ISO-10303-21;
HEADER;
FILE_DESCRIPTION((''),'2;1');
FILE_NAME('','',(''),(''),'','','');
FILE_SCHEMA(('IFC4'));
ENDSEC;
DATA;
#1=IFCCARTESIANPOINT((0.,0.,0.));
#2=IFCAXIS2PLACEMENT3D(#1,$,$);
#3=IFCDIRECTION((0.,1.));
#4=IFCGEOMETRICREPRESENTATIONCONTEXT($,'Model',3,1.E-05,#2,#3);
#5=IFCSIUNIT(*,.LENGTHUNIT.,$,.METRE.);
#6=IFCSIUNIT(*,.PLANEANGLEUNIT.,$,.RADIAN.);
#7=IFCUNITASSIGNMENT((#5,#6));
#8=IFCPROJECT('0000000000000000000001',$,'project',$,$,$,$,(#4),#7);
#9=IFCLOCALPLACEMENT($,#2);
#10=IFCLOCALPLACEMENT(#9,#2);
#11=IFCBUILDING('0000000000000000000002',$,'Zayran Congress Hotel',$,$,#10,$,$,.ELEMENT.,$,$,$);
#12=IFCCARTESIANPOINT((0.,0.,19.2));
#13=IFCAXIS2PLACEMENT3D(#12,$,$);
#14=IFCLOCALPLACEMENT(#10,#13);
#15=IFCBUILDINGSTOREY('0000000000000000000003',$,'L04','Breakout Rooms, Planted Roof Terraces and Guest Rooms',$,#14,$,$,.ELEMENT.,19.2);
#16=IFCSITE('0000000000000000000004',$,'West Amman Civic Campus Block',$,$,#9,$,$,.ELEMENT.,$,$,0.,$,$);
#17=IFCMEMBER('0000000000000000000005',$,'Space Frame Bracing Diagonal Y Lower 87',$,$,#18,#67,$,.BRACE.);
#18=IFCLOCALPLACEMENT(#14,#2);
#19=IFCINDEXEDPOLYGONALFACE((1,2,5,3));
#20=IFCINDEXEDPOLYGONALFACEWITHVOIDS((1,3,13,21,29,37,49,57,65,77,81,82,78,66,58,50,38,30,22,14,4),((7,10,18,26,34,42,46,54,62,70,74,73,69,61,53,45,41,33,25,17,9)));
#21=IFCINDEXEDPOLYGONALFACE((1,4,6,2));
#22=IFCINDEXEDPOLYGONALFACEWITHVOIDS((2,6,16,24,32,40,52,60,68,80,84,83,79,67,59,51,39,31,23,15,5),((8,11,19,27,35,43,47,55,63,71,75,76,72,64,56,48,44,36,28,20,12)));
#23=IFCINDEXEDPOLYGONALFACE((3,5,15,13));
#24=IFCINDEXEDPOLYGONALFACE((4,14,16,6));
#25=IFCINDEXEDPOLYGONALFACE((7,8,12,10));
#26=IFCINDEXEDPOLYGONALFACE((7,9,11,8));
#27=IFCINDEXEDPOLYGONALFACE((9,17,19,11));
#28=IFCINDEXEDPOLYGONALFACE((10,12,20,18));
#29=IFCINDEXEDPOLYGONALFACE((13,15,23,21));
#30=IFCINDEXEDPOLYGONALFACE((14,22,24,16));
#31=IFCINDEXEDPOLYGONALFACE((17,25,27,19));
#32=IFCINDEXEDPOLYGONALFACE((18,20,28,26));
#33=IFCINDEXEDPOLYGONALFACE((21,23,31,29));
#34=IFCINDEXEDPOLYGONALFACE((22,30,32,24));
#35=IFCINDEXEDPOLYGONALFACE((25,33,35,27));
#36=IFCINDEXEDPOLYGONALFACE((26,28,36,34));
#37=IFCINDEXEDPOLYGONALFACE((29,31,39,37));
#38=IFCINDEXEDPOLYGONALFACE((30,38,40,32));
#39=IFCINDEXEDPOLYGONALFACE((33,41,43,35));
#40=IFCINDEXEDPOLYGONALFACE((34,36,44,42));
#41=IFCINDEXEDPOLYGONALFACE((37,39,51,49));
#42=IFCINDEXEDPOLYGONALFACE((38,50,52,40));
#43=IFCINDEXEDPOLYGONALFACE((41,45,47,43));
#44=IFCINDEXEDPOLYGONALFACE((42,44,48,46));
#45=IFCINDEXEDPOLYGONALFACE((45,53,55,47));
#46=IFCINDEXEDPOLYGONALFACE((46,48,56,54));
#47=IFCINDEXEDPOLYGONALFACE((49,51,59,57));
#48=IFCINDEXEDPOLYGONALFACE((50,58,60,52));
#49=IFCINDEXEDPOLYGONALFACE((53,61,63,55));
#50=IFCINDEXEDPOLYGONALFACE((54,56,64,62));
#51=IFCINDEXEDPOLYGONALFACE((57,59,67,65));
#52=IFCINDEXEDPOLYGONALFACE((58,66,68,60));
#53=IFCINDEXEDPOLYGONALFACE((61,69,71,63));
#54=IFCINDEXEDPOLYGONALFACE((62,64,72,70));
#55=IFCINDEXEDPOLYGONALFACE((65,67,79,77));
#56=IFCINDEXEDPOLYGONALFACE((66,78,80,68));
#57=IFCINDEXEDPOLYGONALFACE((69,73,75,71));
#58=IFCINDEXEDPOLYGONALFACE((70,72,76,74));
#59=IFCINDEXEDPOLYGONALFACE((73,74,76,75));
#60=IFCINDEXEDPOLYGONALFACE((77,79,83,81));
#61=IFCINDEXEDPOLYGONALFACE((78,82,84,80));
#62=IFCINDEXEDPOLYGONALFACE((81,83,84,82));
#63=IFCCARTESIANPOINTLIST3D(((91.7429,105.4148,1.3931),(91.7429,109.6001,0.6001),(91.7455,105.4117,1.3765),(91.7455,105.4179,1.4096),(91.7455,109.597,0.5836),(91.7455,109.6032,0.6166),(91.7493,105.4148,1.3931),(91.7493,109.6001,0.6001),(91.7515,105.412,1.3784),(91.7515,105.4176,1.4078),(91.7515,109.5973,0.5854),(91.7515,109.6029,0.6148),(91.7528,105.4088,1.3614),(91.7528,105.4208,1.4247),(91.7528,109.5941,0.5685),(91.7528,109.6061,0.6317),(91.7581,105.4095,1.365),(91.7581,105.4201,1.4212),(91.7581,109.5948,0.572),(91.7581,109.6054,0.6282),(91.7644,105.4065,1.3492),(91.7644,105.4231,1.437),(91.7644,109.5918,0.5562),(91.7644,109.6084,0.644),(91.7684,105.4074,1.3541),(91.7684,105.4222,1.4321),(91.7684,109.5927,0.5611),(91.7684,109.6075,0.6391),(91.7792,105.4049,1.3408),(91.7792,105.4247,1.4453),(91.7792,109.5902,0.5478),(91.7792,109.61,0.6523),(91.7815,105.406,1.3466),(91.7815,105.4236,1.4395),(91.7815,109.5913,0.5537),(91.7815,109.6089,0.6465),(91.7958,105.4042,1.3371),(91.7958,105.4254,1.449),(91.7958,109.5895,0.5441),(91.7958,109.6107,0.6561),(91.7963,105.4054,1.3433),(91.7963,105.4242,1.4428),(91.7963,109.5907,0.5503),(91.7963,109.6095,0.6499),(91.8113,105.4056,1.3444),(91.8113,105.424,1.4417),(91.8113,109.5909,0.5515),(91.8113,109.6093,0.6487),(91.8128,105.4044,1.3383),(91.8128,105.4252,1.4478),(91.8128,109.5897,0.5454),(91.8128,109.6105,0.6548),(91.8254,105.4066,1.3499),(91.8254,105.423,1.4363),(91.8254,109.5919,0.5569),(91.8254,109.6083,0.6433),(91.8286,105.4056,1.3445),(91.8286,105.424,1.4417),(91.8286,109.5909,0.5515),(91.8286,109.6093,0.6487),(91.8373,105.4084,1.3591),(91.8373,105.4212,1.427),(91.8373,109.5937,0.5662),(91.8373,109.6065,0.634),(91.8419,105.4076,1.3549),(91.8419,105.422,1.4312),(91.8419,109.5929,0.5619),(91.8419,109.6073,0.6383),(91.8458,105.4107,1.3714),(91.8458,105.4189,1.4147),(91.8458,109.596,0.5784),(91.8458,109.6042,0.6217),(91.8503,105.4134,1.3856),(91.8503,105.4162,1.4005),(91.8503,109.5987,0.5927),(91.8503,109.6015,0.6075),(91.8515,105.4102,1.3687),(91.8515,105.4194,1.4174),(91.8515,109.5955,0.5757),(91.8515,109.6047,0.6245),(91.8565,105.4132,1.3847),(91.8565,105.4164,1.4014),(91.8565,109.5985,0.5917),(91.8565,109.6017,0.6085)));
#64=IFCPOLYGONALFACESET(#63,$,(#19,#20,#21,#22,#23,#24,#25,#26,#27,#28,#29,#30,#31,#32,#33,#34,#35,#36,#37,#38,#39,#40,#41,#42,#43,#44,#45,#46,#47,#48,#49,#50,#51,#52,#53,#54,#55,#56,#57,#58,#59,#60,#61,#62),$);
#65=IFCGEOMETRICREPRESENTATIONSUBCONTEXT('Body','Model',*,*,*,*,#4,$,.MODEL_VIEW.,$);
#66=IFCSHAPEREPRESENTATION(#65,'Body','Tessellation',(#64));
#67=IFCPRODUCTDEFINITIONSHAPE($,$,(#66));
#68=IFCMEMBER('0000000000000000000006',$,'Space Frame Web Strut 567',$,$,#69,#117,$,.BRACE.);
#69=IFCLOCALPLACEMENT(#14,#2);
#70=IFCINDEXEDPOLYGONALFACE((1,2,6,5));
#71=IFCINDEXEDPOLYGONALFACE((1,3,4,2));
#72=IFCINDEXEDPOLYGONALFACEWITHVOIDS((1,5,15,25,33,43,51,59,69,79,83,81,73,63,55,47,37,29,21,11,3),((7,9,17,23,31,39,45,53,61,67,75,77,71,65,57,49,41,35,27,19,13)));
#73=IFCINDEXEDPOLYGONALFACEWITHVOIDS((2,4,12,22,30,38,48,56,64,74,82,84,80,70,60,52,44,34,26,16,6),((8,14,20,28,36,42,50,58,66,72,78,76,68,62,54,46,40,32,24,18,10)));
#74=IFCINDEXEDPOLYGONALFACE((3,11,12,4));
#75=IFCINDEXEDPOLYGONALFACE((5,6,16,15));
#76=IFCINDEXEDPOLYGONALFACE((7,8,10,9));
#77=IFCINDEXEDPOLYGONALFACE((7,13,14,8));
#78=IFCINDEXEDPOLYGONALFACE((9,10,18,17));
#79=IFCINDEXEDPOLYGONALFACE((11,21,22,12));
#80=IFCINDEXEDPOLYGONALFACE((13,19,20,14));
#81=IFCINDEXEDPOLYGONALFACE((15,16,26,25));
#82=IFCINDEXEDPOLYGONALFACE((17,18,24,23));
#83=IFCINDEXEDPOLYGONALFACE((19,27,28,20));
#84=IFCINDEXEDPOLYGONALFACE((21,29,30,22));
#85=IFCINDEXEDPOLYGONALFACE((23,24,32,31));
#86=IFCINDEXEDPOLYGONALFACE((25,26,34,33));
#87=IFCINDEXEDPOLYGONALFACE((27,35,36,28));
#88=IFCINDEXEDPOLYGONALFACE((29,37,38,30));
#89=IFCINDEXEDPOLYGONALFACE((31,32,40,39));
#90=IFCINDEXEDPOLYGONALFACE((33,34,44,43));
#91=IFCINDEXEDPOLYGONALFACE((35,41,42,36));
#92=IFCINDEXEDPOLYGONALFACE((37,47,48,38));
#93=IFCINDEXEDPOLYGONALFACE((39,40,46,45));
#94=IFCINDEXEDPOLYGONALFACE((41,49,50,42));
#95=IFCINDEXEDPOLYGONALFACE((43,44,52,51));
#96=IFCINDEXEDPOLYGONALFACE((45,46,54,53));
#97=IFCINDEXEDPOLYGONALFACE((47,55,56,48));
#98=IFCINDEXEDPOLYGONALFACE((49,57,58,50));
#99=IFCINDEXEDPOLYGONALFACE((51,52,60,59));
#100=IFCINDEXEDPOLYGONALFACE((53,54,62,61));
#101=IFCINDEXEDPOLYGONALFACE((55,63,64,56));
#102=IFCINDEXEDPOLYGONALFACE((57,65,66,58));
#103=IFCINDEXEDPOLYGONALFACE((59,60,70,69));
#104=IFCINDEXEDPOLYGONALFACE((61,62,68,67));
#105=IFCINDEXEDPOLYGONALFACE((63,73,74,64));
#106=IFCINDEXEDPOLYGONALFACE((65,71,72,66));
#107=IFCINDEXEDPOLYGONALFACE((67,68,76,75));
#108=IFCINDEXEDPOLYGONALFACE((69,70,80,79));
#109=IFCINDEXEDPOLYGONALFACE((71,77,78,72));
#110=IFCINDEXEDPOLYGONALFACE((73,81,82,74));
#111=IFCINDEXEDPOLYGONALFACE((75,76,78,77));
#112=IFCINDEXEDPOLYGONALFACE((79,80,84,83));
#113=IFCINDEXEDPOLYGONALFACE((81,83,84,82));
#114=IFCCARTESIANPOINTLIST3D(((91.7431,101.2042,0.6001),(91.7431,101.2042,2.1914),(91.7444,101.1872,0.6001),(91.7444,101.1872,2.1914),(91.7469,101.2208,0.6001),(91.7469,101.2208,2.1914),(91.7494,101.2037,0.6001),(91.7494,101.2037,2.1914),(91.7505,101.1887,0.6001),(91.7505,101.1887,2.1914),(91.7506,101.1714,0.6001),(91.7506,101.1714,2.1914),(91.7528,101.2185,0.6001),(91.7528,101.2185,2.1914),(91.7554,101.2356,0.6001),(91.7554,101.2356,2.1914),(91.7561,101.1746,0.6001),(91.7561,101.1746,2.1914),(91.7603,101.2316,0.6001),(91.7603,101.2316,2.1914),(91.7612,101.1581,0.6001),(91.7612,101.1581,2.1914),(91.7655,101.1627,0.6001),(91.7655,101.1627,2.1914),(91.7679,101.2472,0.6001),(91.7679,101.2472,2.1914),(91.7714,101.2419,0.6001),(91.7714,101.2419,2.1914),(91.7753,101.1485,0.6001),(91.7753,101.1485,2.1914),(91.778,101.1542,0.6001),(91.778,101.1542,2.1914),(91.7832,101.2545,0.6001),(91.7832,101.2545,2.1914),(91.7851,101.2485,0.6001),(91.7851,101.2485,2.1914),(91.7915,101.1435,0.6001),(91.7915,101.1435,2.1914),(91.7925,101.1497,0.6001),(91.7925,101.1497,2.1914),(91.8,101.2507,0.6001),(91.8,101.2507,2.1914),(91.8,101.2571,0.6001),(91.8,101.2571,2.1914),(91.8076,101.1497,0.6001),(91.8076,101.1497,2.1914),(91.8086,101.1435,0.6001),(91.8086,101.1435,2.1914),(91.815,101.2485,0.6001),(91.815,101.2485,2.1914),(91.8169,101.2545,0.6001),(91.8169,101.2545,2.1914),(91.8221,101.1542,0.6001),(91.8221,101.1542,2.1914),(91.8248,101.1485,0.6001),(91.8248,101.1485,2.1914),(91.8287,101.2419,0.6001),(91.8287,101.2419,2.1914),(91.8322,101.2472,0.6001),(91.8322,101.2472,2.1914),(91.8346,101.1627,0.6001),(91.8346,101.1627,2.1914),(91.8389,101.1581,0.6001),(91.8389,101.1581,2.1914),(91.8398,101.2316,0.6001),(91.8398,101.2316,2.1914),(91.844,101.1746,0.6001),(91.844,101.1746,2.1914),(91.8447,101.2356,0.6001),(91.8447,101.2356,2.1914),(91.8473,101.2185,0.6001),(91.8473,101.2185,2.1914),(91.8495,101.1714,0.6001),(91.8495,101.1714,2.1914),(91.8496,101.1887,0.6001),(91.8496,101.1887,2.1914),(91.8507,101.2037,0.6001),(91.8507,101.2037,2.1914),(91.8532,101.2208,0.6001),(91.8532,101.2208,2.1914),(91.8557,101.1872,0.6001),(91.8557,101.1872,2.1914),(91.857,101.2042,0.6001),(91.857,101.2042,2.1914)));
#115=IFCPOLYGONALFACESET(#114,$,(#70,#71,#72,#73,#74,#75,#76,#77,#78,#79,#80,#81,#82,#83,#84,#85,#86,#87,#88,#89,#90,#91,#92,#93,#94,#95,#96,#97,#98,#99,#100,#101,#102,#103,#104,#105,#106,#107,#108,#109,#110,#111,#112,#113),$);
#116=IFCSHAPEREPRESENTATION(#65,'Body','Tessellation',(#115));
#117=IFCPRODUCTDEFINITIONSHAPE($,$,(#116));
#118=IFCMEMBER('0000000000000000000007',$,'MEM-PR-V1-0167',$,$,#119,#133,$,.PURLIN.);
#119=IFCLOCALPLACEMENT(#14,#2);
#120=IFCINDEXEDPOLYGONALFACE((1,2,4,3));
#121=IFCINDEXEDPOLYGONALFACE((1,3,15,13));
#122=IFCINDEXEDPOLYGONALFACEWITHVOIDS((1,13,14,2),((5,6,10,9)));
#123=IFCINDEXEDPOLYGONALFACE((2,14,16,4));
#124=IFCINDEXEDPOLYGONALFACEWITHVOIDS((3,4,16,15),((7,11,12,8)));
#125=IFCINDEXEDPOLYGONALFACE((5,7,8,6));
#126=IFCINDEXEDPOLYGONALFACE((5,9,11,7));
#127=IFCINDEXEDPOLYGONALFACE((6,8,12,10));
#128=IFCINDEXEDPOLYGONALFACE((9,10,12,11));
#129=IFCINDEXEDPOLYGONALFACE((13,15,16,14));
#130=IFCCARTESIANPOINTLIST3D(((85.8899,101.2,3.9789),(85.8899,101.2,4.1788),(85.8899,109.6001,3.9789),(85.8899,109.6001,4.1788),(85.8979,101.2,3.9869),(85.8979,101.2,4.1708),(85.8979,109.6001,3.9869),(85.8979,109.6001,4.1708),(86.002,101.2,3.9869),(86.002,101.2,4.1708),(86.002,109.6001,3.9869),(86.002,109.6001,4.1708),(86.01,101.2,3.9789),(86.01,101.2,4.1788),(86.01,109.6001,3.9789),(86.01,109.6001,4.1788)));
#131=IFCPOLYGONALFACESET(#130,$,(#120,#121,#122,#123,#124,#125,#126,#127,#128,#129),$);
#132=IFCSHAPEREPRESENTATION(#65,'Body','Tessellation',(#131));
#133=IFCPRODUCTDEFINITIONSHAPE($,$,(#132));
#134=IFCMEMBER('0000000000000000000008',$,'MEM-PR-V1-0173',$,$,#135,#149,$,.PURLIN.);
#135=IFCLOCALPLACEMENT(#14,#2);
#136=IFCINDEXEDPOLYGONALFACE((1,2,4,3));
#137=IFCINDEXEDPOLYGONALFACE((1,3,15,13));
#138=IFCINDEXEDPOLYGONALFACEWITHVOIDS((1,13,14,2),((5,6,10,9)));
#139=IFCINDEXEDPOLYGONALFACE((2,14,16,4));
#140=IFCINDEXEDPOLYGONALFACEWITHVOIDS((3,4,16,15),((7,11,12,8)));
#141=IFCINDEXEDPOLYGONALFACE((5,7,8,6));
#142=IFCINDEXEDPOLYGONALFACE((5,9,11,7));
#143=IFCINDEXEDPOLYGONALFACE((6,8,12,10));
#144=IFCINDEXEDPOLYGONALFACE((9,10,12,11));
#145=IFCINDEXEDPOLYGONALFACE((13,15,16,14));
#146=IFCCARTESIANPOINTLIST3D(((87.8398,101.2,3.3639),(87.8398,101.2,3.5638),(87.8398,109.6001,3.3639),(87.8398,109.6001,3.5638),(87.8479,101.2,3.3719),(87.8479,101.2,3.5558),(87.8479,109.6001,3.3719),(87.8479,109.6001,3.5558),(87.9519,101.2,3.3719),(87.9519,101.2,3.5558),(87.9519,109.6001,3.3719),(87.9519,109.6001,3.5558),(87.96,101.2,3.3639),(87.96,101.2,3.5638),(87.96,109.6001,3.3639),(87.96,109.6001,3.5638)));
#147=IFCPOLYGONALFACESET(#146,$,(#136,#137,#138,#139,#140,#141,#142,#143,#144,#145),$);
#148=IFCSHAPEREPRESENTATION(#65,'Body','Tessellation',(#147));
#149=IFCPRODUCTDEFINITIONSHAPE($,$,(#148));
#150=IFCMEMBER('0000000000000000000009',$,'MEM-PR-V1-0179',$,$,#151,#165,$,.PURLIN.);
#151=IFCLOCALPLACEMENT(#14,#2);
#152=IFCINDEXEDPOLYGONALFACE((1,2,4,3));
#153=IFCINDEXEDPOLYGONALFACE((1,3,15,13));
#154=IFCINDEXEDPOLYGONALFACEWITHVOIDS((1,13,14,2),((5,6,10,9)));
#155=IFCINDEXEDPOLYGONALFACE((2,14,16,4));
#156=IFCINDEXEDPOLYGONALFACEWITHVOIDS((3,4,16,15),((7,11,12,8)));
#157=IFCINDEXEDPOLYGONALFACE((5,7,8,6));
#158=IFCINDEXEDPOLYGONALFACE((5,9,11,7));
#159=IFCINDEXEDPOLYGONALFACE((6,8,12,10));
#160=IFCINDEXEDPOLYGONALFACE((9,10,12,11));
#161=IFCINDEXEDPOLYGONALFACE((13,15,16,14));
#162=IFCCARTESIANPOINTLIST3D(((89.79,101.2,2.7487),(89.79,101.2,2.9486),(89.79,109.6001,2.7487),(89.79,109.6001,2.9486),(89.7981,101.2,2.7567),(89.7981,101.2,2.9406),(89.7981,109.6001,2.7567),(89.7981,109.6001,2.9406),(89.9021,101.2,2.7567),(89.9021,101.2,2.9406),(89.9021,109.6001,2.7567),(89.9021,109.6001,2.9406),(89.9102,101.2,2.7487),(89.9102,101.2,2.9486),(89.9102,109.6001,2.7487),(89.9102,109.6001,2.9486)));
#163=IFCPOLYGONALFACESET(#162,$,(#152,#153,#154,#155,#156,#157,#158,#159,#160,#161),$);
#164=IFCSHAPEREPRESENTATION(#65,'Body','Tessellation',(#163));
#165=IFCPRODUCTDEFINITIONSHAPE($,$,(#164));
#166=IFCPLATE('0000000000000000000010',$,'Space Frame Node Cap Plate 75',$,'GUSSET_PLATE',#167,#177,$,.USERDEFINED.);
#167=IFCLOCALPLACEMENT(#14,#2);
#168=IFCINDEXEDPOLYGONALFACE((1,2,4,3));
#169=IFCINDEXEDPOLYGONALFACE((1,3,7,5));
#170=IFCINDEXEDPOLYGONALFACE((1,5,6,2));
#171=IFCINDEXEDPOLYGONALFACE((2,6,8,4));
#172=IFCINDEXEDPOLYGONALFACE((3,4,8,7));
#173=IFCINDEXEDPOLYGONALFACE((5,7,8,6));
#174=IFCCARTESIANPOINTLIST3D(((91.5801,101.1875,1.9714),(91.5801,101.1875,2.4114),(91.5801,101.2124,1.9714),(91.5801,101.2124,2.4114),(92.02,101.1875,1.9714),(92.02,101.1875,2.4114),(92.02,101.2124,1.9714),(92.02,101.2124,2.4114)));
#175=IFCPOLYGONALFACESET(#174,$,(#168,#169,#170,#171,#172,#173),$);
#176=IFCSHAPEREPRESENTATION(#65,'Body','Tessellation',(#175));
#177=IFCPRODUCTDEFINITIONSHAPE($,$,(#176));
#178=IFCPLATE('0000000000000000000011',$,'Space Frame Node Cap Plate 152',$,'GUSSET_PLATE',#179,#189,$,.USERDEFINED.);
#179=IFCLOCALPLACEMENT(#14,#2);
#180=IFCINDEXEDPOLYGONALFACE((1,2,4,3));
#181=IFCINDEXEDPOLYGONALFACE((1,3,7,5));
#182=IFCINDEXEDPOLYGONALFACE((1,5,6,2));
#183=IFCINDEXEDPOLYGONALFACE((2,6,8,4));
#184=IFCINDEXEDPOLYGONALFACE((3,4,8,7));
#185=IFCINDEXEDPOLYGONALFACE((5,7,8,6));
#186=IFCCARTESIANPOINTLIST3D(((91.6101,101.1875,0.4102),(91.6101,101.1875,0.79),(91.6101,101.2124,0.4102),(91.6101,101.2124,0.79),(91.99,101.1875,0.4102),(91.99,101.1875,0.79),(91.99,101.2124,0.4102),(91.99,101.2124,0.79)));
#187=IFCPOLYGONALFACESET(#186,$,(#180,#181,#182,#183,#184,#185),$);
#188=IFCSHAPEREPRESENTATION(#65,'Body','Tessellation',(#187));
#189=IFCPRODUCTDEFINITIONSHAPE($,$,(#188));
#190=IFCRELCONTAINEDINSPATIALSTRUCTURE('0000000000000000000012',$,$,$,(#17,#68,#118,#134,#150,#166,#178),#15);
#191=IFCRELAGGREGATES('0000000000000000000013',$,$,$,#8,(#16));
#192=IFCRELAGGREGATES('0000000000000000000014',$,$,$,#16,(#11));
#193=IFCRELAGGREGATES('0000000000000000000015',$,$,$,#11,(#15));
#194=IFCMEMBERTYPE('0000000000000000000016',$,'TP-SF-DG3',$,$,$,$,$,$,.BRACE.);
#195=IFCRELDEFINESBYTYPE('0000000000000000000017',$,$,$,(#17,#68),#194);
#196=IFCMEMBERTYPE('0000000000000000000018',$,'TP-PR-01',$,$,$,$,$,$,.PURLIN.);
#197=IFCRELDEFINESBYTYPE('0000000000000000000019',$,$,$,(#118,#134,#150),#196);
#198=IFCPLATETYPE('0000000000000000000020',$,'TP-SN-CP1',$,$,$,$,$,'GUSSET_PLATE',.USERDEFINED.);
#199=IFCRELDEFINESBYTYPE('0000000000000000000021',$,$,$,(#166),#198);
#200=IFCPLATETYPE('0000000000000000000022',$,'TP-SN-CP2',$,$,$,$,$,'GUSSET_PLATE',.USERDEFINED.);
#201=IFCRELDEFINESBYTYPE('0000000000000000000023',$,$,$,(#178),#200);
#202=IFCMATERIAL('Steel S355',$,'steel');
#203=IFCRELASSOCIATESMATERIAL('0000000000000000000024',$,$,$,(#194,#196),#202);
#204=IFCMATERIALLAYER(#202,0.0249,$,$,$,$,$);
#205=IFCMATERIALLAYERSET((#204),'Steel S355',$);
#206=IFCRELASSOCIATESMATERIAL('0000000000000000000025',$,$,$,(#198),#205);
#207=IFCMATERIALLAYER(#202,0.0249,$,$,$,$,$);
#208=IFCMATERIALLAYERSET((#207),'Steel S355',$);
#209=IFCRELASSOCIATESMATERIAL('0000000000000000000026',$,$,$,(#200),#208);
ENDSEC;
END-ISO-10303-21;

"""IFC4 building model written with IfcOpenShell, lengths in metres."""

from ifc_helpers import new_model, si_unit, direction, frame, origin, origin_2d, place, context, subcontext, project, spatial, rectangle, hollow_rectangle, hollow_circle, extrude, material, layer, layer_set, material_profile, profile_set, type_object, element, save


model = new_model("IFC4")

# Units and contexts
model_context = context("Model", 3, precision=1e-05, world=origin(), true_north=direction((0.0, 1.0)))
body_context = subcontext(model_context, "Body", "Model", "MODEL_VIEW")
ifc_project = project(units=[si_unit("LENGTHUNIT", "METRE"), si_unit("PLANEANGLEUNIT", "RADIAN")], contexts=[model_context])

# Site, building, storey
site_placement = place(None, origin())
site = spatial("IfcSite", under=ifc_project, at=site_placement, Name="West Amman Civic Campus Block", CompositionType="ELEMENT", RefElevation=0.0)
building_placement = place(site_placement, origin())
building = spatial("IfcBuilding", under=site, at=building_placement, Name="Zayran Congress Hotel", CompositionType="ELEMENT")
storey_placement = place(building_placement, frame((0.0, 0.0, 19.2)))
storey = spatial("IfcBuildingStorey", under=building, at=storey_placement, Name="L04", Description="Breakout Rooms, Planted Roof Terraces and Guest Rooms", CompositionType="ELEMENT", Elevation=19.2)

# Shared definitions
ifc_material = material(Name="Steel S355", Category="steel")

# Members
ifc_material_profile_1 = material_profile(ifc_material, hollow_circle(Radius=0.0571, WallThickness=0.0063, at=origin_2d()), Name="CHS 114.3x6.3")
ifc_profile_set_1 = profile_set([ifc_material_profile_1], Name="Steel S355")
member_type_1 = type_object("IfcMemberType", Name="TP-SF-DG3", PredefinedType="BRACE", material=ifc_profile_set_1)
for number, where, z_axis, x_axis, name in (
    (1, (91.8, 105.4148, 1.3931), (0.0, 0.982521, -0.186153), (-1.0, 0.0, 0.0), "Space Frame Bracing Diagonal Y Lower 87"),
):
    element("IfcMember", number, at=place(storey_placement, frame(where, z_axis=z_axis, x_axis=x_axis)), inside=storey, type_object=member_type_1, Name=name, PredefinedType="BRACE", context=body_context, shape_type="SweptSolid", body=[
        extrude(hollow_circle(Radius=0.0571, WallThickness=0.0063, at=origin_2d()), origin(), (0.0, 0.0, 1.0), 4.2598),
    ])
member_1_placement = place(storey_placement, frame((91.8, 101.2, 0.6001), z_axis=(0.0, 0.0, 1.0), x_axis=(0.0, 1.0, 0.0)))
element("IfcMember", 2, at=member_1_placement, inside=storey, type_object=member_type_1, Name="Space Frame Web Strut 567", PredefinedType="BRACE", context=body_context, shape_type="SweptSolid", body=[
    extrude(hollow_circle(Radius=0.0571, WallThickness=0.0063, at=origin_2d()), origin(), (0.0, 0.0, 1.0), 1.5913),
])
ifc_material_profile_2 = material_profile(ifc_material, hollow_rectangle(XDim=0.1201, YDim=0.2, WallThickness=0.0081, at=origin_2d()), Name="RHS 200x120x8")
ifc_profile_set_2 = profile_set([ifc_material_profile_2], Name="Steel S355")
member_type_2 = type_object("IfcMemberType", Name="TP-PR-01", PredefinedType="PURLIN", material=ifc_profile_set_2)
for number, where, z_axis, x_axis, name in (
    (3, (85.95, 101.2, 4.0789), (0.0, 1.0, 0.0), (-1.0, 0.0, 0.0), "MEM-PR-V1-0167"),
    (4, (87.8999, 101.2, 3.4639), (0.0, 1.0, 0.0), (-1.0, 0.0, 0.0), "MEM-PR-V1-0173"),
    (5, (89.8501, 101.2, 2.8486), (0.0, 1.0, 0.0), (-1.0, 0.0, 0.0), "MEM-PR-V1-0179"),
):
    element("IfcMember", number, at=place(storey_placement, frame(where, z_axis=z_axis, x_axis=x_axis)), inside=storey, type_object=member_type_2, Name=name, PredefinedType="PURLIN", context=body_context, shape_type="SweptSolid", body=[
        extrude(hollow_rectangle(XDim=0.1201, YDim=0.2, WallThickness=0.0081, at=origin_2d()), origin(), (0.0, 0.0, 1.0), 8.4001),
    ])

# Plates
ifc_layer_1 = layer(ifc_material, 0.0249)
ifc_layer_set_1 = layer_set([ifc_layer_1], Name="Steel S355")
plate_type_1 = type_object("IfcPlateType", Name="TP-SN-CP1", ElementType="GUSSET_PLATE", PredefinedType="USERDEFINED", material=ifc_layer_set_1)
plate_1_placement = place(storey_placement, frame((91.8, 101.2, 1.9714), z_axis=(0.0, 0.0, 1.0), x_axis=(1.0, 0.0, 0.0)))
element("IfcPlate", 6, at=plate_1_placement, inside=storey, type_object=plate_type_1, Name="Space Frame Node Cap Plate 75", ObjectType="GUSSET_PLATE", PredefinedType="USERDEFINED", context=body_context, shape_type="SweptSolid", body=[
    extrude(rectangle(XDim=0.4399, YDim=0.0249, at=origin_2d()), origin(), (0.0, 0.0, 1.0), 0.4399),
])
ifc_layer_2 = layer(ifc_material, 0.0249)
ifc_layer_set_2 = layer_set([ifc_layer_2], Name="Steel S355")
plate_type_2 = type_object("IfcPlateType", Name="TP-SN-CP2", ElementType="GUSSET_PLATE", PredefinedType="USERDEFINED", material=ifc_layer_set_2)
plate_2_placement = place(storey_placement, frame((91.8, 101.2, 0.4102), z_axis=(0.0, 0.0, 1.0), x_axis=(1.0, 0.0, 0.0)))
element("IfcPlate", 7, at=plate_2_placement, inside=storey, type_object=plate_type_2, Name="Space Frame Node Cap Plate 152", ObjectType="GUSSET_PLATE", PredefinedType="USERDEFINED", context=body_context, shape_type="SweptSolid", body=[
    extrude(rectangle(XDim=0.3799, YDim=0.0249, at=origin_2d()), origin(), (0.0, 0.0, 1.0), 0.3799),
])

save(model, "model.ifc")
